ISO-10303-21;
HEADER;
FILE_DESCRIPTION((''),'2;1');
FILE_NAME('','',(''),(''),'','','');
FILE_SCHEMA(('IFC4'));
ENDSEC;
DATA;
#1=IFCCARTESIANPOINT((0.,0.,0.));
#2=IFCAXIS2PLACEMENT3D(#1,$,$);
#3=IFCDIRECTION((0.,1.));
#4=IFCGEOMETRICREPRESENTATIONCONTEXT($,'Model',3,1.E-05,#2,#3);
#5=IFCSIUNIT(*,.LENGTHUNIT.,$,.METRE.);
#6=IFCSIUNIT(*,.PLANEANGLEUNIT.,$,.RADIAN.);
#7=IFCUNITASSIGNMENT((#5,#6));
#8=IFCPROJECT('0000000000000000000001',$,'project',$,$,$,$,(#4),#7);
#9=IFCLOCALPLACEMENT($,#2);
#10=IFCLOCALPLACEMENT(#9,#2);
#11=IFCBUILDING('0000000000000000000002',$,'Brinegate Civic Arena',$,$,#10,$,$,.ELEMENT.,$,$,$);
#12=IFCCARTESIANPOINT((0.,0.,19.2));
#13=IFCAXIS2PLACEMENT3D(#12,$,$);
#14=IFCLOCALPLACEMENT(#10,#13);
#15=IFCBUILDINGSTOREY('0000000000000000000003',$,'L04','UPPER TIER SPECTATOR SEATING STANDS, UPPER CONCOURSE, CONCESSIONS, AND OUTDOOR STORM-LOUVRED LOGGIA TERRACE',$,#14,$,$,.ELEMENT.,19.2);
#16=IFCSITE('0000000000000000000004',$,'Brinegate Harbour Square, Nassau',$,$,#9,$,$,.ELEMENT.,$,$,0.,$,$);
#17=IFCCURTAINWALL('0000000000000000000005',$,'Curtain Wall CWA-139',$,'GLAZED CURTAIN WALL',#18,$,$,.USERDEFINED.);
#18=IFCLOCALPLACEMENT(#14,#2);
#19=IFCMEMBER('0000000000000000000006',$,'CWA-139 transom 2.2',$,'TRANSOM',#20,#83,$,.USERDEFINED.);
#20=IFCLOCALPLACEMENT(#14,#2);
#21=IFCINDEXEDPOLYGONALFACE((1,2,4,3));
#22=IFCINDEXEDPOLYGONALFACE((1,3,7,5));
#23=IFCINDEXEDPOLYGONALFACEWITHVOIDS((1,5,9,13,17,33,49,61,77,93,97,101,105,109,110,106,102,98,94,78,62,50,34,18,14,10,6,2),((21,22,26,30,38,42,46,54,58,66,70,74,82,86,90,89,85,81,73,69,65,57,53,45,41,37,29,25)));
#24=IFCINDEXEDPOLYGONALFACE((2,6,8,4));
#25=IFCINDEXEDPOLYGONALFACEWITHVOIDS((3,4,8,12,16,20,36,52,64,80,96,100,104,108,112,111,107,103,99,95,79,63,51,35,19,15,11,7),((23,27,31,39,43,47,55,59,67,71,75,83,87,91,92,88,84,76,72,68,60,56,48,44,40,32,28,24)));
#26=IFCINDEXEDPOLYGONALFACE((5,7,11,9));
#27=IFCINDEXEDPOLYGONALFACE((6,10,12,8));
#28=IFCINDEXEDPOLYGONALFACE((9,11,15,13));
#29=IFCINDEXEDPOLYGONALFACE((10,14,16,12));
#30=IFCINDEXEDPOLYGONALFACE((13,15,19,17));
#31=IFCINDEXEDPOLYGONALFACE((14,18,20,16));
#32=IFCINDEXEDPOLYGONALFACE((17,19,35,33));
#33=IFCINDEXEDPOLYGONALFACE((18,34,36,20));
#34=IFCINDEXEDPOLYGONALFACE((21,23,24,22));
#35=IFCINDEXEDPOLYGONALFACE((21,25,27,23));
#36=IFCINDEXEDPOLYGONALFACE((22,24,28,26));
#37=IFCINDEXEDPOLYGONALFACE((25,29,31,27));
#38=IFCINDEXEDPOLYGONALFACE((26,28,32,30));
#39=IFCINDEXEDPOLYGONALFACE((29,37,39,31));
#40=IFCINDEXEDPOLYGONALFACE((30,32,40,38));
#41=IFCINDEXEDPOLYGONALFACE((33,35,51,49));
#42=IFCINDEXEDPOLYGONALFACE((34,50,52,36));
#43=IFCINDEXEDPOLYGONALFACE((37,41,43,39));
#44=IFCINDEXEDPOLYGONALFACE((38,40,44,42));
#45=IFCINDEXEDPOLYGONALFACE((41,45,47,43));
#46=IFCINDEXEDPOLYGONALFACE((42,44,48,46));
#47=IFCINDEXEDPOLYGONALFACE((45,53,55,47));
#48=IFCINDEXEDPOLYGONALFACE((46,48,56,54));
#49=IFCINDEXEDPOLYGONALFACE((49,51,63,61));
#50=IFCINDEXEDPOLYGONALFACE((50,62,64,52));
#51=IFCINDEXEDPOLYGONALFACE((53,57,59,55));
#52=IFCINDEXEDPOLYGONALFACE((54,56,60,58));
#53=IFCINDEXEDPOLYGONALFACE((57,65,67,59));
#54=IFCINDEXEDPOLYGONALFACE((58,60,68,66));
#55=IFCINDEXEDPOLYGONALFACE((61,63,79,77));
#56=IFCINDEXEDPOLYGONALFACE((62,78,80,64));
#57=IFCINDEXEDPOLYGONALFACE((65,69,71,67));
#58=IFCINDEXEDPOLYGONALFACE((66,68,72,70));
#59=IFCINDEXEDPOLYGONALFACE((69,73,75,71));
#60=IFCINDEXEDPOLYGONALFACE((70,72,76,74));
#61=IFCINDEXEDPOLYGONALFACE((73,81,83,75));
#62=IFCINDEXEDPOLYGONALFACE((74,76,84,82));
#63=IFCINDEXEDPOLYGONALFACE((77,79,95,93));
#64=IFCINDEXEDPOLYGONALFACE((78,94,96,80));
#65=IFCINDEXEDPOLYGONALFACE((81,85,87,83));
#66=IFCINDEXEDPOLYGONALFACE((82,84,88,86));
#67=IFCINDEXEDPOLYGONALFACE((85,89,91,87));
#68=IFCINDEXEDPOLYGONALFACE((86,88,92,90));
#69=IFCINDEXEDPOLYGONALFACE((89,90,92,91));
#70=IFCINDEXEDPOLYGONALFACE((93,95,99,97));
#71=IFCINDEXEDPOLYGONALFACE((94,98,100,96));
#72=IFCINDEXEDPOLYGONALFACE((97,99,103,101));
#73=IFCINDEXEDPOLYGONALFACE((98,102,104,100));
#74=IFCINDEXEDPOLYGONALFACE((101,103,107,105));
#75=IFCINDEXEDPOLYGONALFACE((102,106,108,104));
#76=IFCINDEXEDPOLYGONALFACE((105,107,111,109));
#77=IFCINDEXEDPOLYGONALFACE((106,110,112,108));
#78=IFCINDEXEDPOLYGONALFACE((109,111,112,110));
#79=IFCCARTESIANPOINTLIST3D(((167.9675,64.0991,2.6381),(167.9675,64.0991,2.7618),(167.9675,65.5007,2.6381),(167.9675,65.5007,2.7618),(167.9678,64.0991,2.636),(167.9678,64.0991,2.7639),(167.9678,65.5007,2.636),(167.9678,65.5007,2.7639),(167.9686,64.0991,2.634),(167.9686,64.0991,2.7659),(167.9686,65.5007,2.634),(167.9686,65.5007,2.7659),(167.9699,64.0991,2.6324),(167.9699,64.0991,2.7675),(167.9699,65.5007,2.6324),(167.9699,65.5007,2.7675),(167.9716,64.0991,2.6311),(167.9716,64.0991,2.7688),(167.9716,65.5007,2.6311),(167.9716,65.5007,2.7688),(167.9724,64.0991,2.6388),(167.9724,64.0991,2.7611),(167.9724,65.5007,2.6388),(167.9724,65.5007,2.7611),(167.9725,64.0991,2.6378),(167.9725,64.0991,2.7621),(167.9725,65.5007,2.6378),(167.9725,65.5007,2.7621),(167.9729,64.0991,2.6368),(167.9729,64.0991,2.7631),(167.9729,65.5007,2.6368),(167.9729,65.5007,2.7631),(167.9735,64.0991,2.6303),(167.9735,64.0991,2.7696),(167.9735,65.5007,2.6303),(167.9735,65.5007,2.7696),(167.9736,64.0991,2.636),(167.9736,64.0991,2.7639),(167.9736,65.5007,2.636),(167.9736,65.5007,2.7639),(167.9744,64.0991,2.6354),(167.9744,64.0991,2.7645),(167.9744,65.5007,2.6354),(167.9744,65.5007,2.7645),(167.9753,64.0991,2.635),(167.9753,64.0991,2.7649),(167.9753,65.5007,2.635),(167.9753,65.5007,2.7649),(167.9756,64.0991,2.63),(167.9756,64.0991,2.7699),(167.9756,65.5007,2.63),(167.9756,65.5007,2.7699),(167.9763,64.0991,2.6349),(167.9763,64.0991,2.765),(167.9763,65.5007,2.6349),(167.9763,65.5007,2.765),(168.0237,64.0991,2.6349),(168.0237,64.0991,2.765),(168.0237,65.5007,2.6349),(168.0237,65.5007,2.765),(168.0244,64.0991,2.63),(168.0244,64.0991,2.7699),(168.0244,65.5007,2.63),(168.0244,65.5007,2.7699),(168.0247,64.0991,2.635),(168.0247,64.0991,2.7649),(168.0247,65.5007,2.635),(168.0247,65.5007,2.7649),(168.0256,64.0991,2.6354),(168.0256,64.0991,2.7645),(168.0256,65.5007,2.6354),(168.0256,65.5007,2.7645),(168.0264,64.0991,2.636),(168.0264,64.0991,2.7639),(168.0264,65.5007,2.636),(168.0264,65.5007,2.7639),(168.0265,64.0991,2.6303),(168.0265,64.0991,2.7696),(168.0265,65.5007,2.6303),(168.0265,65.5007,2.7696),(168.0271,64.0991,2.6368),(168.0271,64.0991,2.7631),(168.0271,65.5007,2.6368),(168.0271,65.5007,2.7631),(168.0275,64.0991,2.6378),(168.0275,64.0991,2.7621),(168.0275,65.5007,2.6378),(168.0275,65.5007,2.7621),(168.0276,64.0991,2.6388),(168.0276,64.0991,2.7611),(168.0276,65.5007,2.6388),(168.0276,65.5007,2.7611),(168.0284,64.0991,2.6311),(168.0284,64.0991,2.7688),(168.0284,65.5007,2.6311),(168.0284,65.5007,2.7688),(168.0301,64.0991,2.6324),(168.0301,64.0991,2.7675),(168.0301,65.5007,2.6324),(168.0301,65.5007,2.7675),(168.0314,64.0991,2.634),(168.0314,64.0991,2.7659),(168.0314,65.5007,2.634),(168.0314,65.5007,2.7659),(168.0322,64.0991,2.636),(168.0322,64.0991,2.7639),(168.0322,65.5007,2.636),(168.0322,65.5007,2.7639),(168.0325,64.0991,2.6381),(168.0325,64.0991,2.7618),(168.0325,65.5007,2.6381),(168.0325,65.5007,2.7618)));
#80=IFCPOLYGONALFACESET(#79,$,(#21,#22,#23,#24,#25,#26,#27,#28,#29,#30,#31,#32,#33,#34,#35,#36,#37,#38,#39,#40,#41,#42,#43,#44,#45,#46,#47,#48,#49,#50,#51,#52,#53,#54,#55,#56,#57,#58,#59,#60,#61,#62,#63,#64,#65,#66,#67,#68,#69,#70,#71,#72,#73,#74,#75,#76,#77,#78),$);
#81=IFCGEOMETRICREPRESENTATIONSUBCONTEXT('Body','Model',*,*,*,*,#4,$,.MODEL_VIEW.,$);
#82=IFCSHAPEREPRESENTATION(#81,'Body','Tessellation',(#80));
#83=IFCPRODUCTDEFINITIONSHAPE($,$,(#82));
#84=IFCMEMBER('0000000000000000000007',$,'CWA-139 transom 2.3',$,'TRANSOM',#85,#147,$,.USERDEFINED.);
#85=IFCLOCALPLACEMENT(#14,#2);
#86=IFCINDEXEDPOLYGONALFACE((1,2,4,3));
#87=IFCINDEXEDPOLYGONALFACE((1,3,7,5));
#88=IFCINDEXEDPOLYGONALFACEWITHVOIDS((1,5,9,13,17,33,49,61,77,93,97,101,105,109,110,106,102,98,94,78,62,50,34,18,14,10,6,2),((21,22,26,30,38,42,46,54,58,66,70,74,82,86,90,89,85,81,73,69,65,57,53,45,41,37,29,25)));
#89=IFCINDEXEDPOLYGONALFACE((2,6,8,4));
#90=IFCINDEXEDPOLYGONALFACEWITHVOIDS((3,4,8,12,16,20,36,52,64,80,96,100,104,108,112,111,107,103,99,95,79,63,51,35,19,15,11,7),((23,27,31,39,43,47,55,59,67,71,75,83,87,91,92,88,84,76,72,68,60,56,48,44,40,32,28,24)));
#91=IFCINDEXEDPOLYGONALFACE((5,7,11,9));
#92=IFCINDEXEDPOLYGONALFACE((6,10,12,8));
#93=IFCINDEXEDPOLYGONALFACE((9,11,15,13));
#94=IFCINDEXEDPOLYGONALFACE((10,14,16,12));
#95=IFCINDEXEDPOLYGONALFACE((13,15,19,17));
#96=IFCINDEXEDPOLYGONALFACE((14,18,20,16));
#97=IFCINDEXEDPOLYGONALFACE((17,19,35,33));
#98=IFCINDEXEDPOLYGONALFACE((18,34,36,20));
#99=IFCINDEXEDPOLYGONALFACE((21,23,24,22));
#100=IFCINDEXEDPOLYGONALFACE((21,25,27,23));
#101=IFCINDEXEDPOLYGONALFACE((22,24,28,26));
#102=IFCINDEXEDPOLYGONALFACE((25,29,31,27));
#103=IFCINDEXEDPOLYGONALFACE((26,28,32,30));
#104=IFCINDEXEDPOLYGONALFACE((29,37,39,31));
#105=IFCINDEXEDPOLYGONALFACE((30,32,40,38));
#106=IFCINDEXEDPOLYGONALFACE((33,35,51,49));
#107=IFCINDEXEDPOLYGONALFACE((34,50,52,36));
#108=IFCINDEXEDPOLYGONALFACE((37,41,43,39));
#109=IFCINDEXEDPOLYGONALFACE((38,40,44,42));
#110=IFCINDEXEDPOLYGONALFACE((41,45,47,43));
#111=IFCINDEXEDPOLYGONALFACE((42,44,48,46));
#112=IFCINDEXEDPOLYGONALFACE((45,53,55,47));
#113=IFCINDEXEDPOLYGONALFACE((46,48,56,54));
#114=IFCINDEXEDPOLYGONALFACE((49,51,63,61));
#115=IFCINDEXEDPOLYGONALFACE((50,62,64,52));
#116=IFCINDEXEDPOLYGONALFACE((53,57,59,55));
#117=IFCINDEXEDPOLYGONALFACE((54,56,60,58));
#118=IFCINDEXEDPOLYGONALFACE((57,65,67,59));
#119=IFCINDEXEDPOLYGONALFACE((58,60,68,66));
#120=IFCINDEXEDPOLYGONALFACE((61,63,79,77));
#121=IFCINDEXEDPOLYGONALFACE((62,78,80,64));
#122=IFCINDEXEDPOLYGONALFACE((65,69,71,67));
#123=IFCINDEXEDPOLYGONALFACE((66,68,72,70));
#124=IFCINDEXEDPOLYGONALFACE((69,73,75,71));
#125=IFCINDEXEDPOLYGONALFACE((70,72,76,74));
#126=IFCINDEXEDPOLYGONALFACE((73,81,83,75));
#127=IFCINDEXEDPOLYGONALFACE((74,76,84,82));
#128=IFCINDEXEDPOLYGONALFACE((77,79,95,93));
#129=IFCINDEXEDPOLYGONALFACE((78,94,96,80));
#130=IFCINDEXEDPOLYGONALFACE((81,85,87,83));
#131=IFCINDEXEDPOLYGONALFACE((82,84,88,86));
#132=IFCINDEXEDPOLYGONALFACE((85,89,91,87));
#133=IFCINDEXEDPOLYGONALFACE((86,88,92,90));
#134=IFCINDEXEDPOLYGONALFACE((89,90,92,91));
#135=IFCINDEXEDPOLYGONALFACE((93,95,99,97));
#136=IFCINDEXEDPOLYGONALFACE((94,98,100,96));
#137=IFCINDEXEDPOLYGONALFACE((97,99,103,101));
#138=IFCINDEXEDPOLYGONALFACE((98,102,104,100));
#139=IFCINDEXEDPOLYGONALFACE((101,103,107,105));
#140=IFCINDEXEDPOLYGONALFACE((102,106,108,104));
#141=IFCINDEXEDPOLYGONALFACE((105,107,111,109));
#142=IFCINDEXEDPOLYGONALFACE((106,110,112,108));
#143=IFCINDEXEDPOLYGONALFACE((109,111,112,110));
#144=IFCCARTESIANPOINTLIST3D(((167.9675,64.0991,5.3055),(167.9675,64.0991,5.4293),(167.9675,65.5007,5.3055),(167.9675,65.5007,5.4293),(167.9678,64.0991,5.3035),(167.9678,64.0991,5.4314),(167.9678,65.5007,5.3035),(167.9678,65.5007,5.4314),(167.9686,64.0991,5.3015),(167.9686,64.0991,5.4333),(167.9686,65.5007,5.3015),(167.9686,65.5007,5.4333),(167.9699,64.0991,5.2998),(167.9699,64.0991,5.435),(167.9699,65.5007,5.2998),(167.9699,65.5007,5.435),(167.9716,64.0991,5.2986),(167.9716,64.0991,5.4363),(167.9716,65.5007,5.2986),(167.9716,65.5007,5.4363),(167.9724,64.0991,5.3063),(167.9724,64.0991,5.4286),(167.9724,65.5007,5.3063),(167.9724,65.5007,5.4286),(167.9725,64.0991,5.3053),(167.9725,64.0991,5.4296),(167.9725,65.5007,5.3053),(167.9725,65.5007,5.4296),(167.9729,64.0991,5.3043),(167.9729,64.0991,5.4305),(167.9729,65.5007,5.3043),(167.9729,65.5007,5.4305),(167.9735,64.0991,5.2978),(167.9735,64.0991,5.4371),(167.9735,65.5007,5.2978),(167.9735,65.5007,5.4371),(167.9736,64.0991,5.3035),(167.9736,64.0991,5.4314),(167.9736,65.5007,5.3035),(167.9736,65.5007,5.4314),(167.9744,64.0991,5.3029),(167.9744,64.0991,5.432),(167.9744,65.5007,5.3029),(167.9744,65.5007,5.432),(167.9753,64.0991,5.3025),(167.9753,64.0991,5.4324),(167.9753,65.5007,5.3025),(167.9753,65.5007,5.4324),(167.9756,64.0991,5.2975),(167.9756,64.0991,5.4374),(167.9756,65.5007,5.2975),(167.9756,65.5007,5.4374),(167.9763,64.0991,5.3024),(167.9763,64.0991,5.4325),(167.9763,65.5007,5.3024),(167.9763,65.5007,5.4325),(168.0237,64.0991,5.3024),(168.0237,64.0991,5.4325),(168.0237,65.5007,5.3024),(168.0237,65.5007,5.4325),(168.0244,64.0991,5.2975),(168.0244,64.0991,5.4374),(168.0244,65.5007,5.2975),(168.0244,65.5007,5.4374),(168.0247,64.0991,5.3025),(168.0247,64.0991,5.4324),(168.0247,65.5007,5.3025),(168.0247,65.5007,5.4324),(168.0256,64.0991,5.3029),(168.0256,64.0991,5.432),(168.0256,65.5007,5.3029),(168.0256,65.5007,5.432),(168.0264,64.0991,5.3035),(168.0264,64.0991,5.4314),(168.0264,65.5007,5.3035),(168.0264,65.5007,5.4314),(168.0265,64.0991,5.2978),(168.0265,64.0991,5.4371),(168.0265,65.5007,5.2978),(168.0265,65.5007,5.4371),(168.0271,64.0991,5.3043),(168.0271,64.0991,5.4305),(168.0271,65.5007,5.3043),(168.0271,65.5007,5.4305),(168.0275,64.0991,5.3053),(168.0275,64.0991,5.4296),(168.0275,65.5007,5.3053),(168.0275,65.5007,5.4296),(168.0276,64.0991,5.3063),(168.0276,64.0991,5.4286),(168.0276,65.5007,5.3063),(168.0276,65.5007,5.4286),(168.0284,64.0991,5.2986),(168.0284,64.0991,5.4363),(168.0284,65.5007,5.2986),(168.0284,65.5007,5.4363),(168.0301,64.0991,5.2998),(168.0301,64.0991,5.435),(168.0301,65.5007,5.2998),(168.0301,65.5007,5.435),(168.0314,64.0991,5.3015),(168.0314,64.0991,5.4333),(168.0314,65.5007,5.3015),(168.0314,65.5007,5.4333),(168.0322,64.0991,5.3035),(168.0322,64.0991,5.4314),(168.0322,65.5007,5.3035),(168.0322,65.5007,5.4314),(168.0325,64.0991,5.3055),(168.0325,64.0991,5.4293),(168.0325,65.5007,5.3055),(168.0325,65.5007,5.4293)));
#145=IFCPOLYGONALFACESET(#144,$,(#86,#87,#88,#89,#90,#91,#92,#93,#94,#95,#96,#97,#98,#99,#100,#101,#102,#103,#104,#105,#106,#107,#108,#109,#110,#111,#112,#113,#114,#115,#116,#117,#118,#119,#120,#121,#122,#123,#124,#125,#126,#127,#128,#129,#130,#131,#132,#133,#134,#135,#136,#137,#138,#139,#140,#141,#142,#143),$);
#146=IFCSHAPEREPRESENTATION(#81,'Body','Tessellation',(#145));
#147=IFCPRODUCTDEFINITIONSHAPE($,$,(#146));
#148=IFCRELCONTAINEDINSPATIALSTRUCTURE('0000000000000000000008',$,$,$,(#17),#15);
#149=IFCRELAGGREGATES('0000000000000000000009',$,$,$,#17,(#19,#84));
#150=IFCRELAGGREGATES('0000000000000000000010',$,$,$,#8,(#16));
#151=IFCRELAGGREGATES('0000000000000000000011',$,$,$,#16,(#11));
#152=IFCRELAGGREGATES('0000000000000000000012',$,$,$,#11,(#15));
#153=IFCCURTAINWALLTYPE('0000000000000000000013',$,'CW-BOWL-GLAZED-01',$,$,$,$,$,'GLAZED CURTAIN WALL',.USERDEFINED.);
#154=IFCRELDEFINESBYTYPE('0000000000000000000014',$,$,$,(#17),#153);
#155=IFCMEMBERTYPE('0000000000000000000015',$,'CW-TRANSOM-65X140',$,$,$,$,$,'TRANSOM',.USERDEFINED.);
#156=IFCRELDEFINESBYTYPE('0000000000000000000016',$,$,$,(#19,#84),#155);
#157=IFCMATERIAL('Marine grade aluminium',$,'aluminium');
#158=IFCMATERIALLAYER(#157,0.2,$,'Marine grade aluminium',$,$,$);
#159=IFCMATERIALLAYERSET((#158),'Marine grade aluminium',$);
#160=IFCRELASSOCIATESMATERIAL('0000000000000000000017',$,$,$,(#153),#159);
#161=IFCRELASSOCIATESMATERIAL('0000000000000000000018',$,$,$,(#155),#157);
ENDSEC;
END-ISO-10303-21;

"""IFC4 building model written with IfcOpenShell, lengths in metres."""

from ifc_helpers import new_model, si_unit, direction, frame, origin, origin_2d, place, context, subcontext, project, spatial, hollow_rectangle, extrude, material, layer, layer_set, material_profile, profile_set, type_object, element, aggregate, save


model = new_model("IFC4")

# Units and contexts
model_context = context("Model", 3, precision=1e-05, world=origin(), true_north=direction((0.0, 1.0)))
body_context = subcontext(model_context, "Body", "Model", "MODEL_VIEW")
ifc_project = project(units=[si_unit("LENGTHUNIT", "METRE"), si_unit("PLANEANGLEUNIT", "RADIAN")], contexts=[model_context])

# Site, building, storey
site_placement = place(None, origin())
site = spatial("IfcSite", under=ifc_project, at=site_placement, Name="Brinegate Harbour Square, Nassau", CompositionType="ELEMENT", RefElevation=0.0)
building_placement = place(site_placement, origin())
building = spatial("IfcBuilding", under=site, at=building_placement, Name="Brinegate Civic Arena", CompositionType="ELEMENT")
storey_placement = place(building_placement, frame((0.0, 0.0, 19.2)))
storey = spatial("IfcBuildingStorey", under=building, at=storey_placement, Name="L04", Description="UPPER TIER SPECTATOR SEATING STANDS, UPPER CONCOURSE, CONCESSIONS, AND OUTDOOR STORM-LOUVRED LOGGIA TERRACE", CompositionType="ELEMENT", Elevation=19.2)

# Shared definitions
ifc_material_1 = material(Name="Marine grade aluminium", Category="aluminium")
ifc_layer_1 = layer(ifc_material_1, 0.2, Name="Marine grade aluminium")
ifc_layer_set_1 = layer_set([ifc_layer_1], Name="Marine grade aluminium")
curtain_wall_type = type_object("IfcCurtainWallType", Name="CW-BOWL-GLAZED-01", ElementType="GLAZED CURTAIN WALL", PredefinedType="USERDEFINED", material=ifc_layer_set_1)

# Curtain wall, members
curtain_wall_1_placement = place(storey_placement, origin())
curtain_wall_1 = element("IfcCurtainWall", 1, at=curtain_wall_1_placement, inside=storey, type_object=curtain_wall_type, Name="Curtain Wall CWA-139", ObjectType="GLAZED CURTAIN WALL", PredefinedType="USERDEFINED")
ifc_material_profile_1 = material_profile(ifc_material_1, hollow_rectangle(XDim=0.0649, YDim=0.1399, WallThickness=0.0049, InnerFilletRadius=0.0039, OuterFilletRadius=0.0081, at=origin_2d()), Name="TRN65X140")
ifc_profile_set_1 = profile_set([ifc_material_profile_1], Name="Marine grade aluminium")
member_type_1 = type_object("IfcMemberType", Name="CW-TRANSOM-65X140", ElementType="TRANSOM", PredefinedType="USERDEFINED", material=ifc_profile_set_1)
member_1_placement = place(storey_placement, frame((168.0, 64.0991, 2.7), z_axis=(0.0, 1.0, 0.0), x_axis=(-1.0, 0.0, 0.0)))
member_1 = element("IfcMember", 2, at=member_1_placement, type_object=member_type_1, Name="CWA-139 transom 2.2", ObjectType="TRANSOM", PredefinedType="USERDEFINED", context=body_context, shape_type="SweptSolid", body=[
    extrude(hollow_rectangle(XDim=0.0649, YDim=0.1399, WallThickness=0.0049, InnerFilletRadius=0.0039, OuterFilletRadius=0.0081, at=origin_2d()), origin(), (0.0, 0.0, 1.0), 1.4016),
])
member_2_placement = place(storey_placement, frame((168.0, 64.0991, 5.3674), z_axis=(0.0, 1.0, 0.0), x_axis=(-1.0, 0.0, 0.0)))
member_2 = element("IfcMember", 3, at=member_2_placement, type_object=member_type_1, Name="CWA-139 transom 2.3", ObjectType="TRANSOM", PredefinedType="USERDEFINED", context=body_context, shape_type="SweptSolid", body=[
    extrude(hollow_rectangle(XDim=0.0649, YDim=0.1399, WallThickness=0.0049, InnerFilletRadius=0.0039, OuterFilletRadius=0.0081, at=origin_2d()), origin(), (0.0, 0.0, 1.0), 1.4016),
])

aggregate(curtain_wall_1, [member_1, member_2])

save(model, "model.ifc")
